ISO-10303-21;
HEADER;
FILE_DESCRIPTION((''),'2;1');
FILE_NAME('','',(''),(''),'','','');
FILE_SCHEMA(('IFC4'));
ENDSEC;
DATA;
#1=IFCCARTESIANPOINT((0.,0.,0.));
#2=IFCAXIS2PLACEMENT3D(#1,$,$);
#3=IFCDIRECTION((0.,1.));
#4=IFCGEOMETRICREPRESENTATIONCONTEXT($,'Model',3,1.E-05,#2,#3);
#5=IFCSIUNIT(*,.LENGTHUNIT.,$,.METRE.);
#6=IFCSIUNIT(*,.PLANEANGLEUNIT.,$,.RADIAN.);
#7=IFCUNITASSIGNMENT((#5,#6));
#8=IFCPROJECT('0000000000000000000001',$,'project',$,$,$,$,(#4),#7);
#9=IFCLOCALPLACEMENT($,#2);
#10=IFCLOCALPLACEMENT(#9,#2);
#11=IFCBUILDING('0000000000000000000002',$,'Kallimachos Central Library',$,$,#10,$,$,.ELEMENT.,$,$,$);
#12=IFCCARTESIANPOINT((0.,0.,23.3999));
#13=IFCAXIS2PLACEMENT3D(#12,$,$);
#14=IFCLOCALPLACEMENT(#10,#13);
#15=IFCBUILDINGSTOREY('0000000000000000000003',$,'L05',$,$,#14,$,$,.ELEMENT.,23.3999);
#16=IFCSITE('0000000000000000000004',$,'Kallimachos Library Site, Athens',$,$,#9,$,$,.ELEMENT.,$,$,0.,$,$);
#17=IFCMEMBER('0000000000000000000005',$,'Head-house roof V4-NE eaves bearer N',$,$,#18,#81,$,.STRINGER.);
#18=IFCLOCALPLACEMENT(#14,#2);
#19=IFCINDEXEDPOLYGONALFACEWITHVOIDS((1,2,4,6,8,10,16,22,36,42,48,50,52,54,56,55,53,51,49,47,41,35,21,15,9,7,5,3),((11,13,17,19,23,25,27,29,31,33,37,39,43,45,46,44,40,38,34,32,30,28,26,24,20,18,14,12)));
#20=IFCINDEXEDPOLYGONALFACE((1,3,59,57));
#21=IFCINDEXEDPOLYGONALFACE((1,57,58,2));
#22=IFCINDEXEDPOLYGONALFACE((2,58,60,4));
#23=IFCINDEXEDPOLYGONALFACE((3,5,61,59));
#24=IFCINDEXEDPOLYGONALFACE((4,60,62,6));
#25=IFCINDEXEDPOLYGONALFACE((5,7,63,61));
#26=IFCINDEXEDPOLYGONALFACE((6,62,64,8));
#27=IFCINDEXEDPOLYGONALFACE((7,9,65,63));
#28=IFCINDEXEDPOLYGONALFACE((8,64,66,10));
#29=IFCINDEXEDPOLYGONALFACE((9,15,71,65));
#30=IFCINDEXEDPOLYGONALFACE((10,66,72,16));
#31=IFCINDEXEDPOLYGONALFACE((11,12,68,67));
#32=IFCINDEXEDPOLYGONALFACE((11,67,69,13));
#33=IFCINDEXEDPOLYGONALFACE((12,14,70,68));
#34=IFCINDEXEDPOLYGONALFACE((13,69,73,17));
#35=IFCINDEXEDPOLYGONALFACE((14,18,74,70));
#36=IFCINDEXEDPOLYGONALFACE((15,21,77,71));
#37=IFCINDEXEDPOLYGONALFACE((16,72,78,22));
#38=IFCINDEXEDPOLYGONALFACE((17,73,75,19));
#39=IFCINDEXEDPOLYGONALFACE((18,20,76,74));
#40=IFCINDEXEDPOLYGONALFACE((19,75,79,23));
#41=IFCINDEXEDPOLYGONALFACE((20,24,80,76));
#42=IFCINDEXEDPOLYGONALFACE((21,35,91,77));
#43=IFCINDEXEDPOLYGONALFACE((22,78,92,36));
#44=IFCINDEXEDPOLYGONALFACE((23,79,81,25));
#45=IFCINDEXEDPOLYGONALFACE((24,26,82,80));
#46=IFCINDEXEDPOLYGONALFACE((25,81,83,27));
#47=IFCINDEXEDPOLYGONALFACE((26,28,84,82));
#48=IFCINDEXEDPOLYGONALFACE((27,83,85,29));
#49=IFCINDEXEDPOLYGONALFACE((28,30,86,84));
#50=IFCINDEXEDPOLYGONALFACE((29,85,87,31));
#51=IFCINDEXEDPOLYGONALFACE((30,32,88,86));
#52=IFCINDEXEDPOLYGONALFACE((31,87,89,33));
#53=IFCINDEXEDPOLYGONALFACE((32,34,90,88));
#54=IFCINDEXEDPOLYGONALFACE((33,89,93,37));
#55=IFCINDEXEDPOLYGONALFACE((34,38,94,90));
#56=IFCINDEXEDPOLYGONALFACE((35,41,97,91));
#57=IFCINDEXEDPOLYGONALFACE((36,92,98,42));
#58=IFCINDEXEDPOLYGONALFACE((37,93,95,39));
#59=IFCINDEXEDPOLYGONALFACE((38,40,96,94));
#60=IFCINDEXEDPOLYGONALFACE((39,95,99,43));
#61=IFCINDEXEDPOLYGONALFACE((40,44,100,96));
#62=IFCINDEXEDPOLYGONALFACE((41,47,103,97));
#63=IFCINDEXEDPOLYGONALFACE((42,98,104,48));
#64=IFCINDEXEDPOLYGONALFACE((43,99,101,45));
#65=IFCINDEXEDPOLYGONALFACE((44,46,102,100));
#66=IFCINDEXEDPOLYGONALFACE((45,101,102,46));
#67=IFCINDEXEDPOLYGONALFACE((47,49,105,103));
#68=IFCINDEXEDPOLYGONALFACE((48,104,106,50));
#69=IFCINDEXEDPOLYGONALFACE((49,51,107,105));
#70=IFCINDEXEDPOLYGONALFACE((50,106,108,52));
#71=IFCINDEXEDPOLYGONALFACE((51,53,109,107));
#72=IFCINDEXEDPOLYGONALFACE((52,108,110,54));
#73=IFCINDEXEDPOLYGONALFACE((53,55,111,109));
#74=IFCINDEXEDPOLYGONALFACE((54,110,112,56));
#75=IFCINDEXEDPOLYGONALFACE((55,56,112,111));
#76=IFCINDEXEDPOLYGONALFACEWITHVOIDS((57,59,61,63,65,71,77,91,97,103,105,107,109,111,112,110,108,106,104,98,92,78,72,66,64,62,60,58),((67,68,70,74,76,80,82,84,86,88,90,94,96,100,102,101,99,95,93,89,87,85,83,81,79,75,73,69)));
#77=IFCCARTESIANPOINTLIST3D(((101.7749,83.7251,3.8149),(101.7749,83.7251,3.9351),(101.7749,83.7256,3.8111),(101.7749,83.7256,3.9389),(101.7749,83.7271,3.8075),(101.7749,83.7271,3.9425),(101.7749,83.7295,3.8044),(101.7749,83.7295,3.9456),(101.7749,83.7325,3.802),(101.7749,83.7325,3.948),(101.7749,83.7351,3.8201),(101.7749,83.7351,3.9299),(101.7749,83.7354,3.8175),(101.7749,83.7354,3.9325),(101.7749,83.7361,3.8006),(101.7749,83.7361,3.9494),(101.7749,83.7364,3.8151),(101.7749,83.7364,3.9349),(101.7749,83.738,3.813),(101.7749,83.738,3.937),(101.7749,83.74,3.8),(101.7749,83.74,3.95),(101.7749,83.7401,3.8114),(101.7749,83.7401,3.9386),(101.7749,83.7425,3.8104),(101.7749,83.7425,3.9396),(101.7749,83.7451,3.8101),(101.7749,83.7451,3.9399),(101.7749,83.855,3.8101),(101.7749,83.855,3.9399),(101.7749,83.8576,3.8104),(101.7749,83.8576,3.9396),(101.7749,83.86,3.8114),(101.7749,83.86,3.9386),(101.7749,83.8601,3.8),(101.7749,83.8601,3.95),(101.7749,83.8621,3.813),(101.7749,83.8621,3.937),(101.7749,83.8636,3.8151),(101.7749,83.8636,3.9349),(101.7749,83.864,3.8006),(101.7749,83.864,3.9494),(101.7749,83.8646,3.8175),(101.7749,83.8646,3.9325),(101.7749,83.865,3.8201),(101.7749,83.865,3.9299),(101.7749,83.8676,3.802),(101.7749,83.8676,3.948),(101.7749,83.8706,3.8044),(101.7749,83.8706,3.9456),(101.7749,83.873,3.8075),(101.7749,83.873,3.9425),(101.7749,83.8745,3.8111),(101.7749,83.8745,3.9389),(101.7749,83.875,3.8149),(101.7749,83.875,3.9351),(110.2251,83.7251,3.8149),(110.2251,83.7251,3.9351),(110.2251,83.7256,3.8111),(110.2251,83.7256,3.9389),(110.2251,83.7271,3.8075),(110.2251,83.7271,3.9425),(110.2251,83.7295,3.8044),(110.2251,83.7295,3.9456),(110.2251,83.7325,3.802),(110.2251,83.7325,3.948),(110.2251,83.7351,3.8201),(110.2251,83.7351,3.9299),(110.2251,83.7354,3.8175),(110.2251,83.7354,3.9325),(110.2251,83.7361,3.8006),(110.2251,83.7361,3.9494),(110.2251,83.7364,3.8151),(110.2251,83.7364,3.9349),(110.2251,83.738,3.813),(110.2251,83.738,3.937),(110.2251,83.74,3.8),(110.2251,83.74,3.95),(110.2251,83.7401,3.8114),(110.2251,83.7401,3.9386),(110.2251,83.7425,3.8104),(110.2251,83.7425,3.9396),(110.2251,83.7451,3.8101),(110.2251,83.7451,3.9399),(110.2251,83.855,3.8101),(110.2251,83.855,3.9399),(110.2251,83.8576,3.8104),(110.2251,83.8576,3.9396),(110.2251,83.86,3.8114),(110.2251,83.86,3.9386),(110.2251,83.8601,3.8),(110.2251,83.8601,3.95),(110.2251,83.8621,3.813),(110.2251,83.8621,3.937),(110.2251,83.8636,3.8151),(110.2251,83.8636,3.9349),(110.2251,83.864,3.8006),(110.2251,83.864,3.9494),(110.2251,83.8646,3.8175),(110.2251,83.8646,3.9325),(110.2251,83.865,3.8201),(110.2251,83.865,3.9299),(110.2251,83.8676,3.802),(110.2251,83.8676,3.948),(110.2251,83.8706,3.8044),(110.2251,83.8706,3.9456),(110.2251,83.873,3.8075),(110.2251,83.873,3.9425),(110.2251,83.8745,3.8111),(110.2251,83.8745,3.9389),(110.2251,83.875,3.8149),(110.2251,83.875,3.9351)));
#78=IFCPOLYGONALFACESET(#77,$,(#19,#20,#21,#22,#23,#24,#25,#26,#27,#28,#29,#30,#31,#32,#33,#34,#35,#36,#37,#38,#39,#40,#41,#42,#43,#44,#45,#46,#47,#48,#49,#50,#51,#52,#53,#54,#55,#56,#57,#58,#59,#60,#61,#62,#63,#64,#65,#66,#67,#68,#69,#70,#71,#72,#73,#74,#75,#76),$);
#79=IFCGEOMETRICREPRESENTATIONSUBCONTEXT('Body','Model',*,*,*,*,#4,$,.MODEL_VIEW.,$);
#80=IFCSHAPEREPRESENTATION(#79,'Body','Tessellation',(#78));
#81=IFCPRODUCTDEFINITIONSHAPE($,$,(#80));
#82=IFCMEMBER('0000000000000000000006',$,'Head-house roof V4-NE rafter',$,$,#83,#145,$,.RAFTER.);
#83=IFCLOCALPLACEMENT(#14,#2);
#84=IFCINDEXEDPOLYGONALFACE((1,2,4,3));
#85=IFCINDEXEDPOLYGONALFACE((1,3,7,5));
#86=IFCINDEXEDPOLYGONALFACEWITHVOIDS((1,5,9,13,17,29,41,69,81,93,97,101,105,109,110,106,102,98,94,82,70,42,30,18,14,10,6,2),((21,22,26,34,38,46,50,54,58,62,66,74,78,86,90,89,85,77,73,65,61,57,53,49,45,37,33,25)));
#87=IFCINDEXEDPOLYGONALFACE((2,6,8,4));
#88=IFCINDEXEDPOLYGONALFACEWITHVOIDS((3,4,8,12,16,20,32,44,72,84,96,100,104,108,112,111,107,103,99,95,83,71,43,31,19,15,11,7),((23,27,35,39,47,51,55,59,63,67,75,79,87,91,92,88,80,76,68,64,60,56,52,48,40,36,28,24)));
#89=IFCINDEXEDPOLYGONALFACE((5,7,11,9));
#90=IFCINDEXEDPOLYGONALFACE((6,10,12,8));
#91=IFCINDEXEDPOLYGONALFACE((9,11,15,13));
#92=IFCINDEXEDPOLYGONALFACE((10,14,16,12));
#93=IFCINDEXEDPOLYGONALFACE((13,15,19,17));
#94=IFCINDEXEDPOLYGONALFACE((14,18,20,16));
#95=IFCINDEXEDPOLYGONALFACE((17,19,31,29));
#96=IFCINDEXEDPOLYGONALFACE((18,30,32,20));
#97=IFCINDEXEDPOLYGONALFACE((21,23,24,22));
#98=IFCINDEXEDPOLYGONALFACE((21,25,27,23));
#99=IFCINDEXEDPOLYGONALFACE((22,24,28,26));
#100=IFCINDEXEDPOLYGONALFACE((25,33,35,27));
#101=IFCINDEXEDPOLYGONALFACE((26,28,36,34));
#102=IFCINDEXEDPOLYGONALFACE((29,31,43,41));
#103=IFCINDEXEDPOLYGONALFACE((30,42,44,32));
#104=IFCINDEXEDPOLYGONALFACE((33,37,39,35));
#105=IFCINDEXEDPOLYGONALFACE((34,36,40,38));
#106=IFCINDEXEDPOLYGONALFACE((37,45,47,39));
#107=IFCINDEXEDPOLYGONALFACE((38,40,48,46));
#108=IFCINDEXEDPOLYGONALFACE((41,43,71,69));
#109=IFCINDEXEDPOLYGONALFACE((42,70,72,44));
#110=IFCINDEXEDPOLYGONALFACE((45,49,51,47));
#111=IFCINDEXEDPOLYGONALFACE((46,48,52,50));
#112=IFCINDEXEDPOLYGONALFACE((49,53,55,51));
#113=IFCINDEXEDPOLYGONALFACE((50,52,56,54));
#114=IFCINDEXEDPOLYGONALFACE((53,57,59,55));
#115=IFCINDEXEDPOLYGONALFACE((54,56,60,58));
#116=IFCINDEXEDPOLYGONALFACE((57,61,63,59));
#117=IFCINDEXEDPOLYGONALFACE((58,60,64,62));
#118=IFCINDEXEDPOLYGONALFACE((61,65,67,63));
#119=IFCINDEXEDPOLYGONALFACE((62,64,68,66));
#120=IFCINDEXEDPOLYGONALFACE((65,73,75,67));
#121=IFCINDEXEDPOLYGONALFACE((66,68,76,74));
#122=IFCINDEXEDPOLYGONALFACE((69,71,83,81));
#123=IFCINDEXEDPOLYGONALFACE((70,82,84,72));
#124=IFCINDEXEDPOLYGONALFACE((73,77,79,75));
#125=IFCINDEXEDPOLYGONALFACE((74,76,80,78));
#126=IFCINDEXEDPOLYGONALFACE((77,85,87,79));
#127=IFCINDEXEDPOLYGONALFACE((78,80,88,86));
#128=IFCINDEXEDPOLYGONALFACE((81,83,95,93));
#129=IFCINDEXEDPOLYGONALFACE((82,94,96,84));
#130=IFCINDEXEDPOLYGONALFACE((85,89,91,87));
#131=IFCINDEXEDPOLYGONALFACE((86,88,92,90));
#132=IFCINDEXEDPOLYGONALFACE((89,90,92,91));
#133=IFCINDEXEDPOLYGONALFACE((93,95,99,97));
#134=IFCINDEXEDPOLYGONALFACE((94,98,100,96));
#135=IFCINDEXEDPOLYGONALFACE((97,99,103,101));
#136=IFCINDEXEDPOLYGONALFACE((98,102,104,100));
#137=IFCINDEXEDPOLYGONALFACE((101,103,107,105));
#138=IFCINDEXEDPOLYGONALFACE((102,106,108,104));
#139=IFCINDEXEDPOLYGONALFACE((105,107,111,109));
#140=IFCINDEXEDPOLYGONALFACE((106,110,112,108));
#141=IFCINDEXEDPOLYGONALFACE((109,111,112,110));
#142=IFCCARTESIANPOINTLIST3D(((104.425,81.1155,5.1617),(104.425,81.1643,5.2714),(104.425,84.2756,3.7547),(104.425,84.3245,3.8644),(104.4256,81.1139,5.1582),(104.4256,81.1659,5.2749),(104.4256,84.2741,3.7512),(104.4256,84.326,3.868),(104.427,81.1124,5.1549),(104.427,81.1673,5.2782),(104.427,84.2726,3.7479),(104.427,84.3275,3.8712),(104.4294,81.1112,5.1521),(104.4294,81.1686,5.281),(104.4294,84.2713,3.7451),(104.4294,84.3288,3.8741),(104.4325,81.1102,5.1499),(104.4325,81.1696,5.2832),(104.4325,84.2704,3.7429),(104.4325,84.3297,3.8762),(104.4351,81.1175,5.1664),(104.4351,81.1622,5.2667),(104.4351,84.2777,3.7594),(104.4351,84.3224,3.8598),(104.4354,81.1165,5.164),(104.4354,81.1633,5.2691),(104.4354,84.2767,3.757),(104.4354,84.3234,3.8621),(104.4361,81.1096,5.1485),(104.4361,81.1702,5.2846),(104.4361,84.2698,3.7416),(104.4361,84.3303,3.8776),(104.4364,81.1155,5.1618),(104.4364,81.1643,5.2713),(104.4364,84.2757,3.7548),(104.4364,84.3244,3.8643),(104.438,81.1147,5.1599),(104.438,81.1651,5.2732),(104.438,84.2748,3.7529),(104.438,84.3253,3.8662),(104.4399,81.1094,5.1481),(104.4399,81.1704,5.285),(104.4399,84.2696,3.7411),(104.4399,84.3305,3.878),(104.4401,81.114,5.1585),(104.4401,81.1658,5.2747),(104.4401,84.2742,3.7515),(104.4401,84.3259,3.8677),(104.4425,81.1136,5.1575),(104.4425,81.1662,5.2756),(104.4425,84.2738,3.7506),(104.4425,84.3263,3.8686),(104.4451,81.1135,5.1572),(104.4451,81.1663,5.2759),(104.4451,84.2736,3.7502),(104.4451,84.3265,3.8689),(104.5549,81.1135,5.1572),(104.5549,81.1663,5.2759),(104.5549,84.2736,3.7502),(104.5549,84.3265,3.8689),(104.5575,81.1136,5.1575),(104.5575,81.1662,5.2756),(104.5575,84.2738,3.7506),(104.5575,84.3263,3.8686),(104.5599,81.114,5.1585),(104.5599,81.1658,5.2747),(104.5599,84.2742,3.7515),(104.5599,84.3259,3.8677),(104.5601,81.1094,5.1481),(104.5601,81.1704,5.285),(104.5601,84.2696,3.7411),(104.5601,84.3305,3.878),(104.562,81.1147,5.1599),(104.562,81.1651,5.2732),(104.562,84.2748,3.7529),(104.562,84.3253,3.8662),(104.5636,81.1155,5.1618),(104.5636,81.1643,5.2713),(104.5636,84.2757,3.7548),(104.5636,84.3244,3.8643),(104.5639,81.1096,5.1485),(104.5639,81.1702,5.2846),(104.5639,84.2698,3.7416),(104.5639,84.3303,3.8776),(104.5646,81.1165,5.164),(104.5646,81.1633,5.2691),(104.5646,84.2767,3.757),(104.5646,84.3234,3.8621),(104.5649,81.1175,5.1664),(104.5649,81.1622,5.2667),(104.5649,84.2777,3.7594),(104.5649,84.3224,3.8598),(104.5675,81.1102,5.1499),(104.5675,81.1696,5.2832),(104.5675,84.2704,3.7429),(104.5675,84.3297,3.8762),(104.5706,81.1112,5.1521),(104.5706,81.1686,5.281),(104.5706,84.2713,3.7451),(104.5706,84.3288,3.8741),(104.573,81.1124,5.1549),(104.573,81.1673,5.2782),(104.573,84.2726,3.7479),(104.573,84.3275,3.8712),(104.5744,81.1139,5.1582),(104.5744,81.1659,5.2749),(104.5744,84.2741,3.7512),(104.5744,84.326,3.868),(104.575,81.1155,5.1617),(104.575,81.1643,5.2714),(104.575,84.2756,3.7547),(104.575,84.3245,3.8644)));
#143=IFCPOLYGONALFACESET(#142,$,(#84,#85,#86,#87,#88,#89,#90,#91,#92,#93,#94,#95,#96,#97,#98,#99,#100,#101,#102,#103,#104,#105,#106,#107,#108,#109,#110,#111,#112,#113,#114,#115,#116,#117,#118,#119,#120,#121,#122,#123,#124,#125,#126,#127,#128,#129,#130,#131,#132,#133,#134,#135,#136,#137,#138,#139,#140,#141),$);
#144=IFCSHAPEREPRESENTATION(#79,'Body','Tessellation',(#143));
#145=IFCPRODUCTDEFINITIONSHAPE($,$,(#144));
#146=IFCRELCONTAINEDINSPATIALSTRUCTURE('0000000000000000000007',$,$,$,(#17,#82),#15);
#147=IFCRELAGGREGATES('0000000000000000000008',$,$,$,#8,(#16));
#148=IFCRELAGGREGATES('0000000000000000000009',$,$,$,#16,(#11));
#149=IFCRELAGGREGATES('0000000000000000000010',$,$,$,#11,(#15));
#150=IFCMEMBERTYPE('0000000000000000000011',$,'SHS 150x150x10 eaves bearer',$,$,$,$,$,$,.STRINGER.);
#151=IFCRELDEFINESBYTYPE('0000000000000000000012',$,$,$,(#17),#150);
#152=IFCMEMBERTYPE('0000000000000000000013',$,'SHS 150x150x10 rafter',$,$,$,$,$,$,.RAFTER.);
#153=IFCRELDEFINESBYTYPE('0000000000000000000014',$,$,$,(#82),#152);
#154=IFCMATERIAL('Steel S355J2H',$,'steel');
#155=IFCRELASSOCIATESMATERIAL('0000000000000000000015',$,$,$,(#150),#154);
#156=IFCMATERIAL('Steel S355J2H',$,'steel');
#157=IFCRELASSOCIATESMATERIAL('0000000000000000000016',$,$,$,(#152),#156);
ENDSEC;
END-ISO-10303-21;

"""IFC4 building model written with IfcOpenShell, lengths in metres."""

from ifc_helpers import new_model, si_unit, direction, frame, origin, origin_2d, place, context, subcontext, project, spatial, hollow_rectangle, extrude, material, material_profile, profile_set, type_object, element, save


model = new_model("IFC4")

# Units and contexts
model_context = context("Model", 3, precision=1e-05, world=origin(), true_north=direction((0.0, 1.0)))
body_context = subcontext(model_context, "Body", "Model", "MODEL_VIEW")
ifc_project = project(units=[si_unit("LENGTHUNIT", "METRE"), si_unit("PLANEANGLEUNIT", "RADIAN")], contexts=[model_context])

# Site, building, storey
site_placement = place(None, origin())
site = spatial("IfcSite", under=ifc_project, at=site_placement, Name="Kallimachos Library Site, Athens", CompositionType="ELEMENT", RefElevation=0.0)
building_placement = place(site_placement, origin())
building = spatial("IfcBuilding", under=site, at=building_placement, Name="Kallimachos Central Library", CompositionType="ELEMENT")
storey_placement = place(building_placement, frame((0.0, 0.0, 23.3999)))
storey = spatial("IfcBuildingStorey", under=building, at=storey_placement, Name="L05", CompositionType="ELEMENT", Elevation=23.3999)

# Members
ifc_material_1 = material(Name="Steel S355J2H", Category="steel")
ifc_material_profile_1 = material_profile(ifc_material_1, hollow_rectangle(XDim=0.1499, YDim=0.1499, WallThickness=0.01, InnerFilletRadius=0.01, OuterFilletRadius=0.0149, at=origin_2d()), Name="SHS 150x150x10")
ifc_profile_set_1 = profile_set([ifc_material_profile_1], Name="Steel S355J2H")
member_type_1 = type_object("IfcMemberType", Name="SHS 150x150x10 eaves bearer", PredefinedType="STRINGER", material=ifc_profile_set_1)
member_1_placement = place(storey_placement, frame((101.7749, 83.8, 3.875), z_axis=(1.0, 0.0, 0.0), x_axis=(0.0, 1.0, 0.0)))
element("IfcMember", 1, at=member_1_placement, inside=storey, type_object=member_type_1, Name="Head-house roof V4-NE eaves bearer N", PredefinedType="STRINGER", context=body_context, shape_type="SweptSolid", body=[
    extrude(hollow_rectangle(XDim=0.1499, YDim=0.1499, WallThickness=0.01, InnerFilletRadius=0.01, OuterFilletRadius=0.0149, at=origin_2d()), origin(), (0.0, 0.0, 1.0), 8.4502),
])
ifc_material_2 = material(Name="Steel S355J2H", Category="steel")
ifc_material_profile_2 = material_profile(ifc_material_2, hollow_rectangle(XDim=0.1499, YDim=0.1499, WallThickness=0.01, InnerFilletRadius=0.01, OuterFilletRadius=0.0149, at=origin_2d()), Name="SHS 150x150x10")
ifc_profile_set_2 = profile_set([ifc_material_profile_2], Name="Steel S355J2H")
member_type_2 = type_object("IfcMemberType", Name="SHS 150x150x10 rafter", PredefinedType="RAFTER", material=ifc_profile_set_2)
member_2_placement = place(storey_placement, frame((104.5, 84.3, 3.8096), z_axis=(0.0, -0.913547, 0.406734), x_axis=(1.0, 0.0, 0.0)))
element("IfcMember", 2, at=member_2_placement, inside=storey, type_object=member_type_2, Name="Head-house roof V4-NE rafter", PredefinedType="RAFTER", context=body_context, shape_type="SweptSolid", body=[
    extrude(hollow_rectangle(XDim=0.1499, YDim=0.1499, WallThickness=0.01, InnerFilletRadius=0.01, OuterFilletRadius=0.0149, at=origin_2d()), origin(), (0.0, 0.0, 1.0), 3.4592),
])

save(model, "model.ifc")
